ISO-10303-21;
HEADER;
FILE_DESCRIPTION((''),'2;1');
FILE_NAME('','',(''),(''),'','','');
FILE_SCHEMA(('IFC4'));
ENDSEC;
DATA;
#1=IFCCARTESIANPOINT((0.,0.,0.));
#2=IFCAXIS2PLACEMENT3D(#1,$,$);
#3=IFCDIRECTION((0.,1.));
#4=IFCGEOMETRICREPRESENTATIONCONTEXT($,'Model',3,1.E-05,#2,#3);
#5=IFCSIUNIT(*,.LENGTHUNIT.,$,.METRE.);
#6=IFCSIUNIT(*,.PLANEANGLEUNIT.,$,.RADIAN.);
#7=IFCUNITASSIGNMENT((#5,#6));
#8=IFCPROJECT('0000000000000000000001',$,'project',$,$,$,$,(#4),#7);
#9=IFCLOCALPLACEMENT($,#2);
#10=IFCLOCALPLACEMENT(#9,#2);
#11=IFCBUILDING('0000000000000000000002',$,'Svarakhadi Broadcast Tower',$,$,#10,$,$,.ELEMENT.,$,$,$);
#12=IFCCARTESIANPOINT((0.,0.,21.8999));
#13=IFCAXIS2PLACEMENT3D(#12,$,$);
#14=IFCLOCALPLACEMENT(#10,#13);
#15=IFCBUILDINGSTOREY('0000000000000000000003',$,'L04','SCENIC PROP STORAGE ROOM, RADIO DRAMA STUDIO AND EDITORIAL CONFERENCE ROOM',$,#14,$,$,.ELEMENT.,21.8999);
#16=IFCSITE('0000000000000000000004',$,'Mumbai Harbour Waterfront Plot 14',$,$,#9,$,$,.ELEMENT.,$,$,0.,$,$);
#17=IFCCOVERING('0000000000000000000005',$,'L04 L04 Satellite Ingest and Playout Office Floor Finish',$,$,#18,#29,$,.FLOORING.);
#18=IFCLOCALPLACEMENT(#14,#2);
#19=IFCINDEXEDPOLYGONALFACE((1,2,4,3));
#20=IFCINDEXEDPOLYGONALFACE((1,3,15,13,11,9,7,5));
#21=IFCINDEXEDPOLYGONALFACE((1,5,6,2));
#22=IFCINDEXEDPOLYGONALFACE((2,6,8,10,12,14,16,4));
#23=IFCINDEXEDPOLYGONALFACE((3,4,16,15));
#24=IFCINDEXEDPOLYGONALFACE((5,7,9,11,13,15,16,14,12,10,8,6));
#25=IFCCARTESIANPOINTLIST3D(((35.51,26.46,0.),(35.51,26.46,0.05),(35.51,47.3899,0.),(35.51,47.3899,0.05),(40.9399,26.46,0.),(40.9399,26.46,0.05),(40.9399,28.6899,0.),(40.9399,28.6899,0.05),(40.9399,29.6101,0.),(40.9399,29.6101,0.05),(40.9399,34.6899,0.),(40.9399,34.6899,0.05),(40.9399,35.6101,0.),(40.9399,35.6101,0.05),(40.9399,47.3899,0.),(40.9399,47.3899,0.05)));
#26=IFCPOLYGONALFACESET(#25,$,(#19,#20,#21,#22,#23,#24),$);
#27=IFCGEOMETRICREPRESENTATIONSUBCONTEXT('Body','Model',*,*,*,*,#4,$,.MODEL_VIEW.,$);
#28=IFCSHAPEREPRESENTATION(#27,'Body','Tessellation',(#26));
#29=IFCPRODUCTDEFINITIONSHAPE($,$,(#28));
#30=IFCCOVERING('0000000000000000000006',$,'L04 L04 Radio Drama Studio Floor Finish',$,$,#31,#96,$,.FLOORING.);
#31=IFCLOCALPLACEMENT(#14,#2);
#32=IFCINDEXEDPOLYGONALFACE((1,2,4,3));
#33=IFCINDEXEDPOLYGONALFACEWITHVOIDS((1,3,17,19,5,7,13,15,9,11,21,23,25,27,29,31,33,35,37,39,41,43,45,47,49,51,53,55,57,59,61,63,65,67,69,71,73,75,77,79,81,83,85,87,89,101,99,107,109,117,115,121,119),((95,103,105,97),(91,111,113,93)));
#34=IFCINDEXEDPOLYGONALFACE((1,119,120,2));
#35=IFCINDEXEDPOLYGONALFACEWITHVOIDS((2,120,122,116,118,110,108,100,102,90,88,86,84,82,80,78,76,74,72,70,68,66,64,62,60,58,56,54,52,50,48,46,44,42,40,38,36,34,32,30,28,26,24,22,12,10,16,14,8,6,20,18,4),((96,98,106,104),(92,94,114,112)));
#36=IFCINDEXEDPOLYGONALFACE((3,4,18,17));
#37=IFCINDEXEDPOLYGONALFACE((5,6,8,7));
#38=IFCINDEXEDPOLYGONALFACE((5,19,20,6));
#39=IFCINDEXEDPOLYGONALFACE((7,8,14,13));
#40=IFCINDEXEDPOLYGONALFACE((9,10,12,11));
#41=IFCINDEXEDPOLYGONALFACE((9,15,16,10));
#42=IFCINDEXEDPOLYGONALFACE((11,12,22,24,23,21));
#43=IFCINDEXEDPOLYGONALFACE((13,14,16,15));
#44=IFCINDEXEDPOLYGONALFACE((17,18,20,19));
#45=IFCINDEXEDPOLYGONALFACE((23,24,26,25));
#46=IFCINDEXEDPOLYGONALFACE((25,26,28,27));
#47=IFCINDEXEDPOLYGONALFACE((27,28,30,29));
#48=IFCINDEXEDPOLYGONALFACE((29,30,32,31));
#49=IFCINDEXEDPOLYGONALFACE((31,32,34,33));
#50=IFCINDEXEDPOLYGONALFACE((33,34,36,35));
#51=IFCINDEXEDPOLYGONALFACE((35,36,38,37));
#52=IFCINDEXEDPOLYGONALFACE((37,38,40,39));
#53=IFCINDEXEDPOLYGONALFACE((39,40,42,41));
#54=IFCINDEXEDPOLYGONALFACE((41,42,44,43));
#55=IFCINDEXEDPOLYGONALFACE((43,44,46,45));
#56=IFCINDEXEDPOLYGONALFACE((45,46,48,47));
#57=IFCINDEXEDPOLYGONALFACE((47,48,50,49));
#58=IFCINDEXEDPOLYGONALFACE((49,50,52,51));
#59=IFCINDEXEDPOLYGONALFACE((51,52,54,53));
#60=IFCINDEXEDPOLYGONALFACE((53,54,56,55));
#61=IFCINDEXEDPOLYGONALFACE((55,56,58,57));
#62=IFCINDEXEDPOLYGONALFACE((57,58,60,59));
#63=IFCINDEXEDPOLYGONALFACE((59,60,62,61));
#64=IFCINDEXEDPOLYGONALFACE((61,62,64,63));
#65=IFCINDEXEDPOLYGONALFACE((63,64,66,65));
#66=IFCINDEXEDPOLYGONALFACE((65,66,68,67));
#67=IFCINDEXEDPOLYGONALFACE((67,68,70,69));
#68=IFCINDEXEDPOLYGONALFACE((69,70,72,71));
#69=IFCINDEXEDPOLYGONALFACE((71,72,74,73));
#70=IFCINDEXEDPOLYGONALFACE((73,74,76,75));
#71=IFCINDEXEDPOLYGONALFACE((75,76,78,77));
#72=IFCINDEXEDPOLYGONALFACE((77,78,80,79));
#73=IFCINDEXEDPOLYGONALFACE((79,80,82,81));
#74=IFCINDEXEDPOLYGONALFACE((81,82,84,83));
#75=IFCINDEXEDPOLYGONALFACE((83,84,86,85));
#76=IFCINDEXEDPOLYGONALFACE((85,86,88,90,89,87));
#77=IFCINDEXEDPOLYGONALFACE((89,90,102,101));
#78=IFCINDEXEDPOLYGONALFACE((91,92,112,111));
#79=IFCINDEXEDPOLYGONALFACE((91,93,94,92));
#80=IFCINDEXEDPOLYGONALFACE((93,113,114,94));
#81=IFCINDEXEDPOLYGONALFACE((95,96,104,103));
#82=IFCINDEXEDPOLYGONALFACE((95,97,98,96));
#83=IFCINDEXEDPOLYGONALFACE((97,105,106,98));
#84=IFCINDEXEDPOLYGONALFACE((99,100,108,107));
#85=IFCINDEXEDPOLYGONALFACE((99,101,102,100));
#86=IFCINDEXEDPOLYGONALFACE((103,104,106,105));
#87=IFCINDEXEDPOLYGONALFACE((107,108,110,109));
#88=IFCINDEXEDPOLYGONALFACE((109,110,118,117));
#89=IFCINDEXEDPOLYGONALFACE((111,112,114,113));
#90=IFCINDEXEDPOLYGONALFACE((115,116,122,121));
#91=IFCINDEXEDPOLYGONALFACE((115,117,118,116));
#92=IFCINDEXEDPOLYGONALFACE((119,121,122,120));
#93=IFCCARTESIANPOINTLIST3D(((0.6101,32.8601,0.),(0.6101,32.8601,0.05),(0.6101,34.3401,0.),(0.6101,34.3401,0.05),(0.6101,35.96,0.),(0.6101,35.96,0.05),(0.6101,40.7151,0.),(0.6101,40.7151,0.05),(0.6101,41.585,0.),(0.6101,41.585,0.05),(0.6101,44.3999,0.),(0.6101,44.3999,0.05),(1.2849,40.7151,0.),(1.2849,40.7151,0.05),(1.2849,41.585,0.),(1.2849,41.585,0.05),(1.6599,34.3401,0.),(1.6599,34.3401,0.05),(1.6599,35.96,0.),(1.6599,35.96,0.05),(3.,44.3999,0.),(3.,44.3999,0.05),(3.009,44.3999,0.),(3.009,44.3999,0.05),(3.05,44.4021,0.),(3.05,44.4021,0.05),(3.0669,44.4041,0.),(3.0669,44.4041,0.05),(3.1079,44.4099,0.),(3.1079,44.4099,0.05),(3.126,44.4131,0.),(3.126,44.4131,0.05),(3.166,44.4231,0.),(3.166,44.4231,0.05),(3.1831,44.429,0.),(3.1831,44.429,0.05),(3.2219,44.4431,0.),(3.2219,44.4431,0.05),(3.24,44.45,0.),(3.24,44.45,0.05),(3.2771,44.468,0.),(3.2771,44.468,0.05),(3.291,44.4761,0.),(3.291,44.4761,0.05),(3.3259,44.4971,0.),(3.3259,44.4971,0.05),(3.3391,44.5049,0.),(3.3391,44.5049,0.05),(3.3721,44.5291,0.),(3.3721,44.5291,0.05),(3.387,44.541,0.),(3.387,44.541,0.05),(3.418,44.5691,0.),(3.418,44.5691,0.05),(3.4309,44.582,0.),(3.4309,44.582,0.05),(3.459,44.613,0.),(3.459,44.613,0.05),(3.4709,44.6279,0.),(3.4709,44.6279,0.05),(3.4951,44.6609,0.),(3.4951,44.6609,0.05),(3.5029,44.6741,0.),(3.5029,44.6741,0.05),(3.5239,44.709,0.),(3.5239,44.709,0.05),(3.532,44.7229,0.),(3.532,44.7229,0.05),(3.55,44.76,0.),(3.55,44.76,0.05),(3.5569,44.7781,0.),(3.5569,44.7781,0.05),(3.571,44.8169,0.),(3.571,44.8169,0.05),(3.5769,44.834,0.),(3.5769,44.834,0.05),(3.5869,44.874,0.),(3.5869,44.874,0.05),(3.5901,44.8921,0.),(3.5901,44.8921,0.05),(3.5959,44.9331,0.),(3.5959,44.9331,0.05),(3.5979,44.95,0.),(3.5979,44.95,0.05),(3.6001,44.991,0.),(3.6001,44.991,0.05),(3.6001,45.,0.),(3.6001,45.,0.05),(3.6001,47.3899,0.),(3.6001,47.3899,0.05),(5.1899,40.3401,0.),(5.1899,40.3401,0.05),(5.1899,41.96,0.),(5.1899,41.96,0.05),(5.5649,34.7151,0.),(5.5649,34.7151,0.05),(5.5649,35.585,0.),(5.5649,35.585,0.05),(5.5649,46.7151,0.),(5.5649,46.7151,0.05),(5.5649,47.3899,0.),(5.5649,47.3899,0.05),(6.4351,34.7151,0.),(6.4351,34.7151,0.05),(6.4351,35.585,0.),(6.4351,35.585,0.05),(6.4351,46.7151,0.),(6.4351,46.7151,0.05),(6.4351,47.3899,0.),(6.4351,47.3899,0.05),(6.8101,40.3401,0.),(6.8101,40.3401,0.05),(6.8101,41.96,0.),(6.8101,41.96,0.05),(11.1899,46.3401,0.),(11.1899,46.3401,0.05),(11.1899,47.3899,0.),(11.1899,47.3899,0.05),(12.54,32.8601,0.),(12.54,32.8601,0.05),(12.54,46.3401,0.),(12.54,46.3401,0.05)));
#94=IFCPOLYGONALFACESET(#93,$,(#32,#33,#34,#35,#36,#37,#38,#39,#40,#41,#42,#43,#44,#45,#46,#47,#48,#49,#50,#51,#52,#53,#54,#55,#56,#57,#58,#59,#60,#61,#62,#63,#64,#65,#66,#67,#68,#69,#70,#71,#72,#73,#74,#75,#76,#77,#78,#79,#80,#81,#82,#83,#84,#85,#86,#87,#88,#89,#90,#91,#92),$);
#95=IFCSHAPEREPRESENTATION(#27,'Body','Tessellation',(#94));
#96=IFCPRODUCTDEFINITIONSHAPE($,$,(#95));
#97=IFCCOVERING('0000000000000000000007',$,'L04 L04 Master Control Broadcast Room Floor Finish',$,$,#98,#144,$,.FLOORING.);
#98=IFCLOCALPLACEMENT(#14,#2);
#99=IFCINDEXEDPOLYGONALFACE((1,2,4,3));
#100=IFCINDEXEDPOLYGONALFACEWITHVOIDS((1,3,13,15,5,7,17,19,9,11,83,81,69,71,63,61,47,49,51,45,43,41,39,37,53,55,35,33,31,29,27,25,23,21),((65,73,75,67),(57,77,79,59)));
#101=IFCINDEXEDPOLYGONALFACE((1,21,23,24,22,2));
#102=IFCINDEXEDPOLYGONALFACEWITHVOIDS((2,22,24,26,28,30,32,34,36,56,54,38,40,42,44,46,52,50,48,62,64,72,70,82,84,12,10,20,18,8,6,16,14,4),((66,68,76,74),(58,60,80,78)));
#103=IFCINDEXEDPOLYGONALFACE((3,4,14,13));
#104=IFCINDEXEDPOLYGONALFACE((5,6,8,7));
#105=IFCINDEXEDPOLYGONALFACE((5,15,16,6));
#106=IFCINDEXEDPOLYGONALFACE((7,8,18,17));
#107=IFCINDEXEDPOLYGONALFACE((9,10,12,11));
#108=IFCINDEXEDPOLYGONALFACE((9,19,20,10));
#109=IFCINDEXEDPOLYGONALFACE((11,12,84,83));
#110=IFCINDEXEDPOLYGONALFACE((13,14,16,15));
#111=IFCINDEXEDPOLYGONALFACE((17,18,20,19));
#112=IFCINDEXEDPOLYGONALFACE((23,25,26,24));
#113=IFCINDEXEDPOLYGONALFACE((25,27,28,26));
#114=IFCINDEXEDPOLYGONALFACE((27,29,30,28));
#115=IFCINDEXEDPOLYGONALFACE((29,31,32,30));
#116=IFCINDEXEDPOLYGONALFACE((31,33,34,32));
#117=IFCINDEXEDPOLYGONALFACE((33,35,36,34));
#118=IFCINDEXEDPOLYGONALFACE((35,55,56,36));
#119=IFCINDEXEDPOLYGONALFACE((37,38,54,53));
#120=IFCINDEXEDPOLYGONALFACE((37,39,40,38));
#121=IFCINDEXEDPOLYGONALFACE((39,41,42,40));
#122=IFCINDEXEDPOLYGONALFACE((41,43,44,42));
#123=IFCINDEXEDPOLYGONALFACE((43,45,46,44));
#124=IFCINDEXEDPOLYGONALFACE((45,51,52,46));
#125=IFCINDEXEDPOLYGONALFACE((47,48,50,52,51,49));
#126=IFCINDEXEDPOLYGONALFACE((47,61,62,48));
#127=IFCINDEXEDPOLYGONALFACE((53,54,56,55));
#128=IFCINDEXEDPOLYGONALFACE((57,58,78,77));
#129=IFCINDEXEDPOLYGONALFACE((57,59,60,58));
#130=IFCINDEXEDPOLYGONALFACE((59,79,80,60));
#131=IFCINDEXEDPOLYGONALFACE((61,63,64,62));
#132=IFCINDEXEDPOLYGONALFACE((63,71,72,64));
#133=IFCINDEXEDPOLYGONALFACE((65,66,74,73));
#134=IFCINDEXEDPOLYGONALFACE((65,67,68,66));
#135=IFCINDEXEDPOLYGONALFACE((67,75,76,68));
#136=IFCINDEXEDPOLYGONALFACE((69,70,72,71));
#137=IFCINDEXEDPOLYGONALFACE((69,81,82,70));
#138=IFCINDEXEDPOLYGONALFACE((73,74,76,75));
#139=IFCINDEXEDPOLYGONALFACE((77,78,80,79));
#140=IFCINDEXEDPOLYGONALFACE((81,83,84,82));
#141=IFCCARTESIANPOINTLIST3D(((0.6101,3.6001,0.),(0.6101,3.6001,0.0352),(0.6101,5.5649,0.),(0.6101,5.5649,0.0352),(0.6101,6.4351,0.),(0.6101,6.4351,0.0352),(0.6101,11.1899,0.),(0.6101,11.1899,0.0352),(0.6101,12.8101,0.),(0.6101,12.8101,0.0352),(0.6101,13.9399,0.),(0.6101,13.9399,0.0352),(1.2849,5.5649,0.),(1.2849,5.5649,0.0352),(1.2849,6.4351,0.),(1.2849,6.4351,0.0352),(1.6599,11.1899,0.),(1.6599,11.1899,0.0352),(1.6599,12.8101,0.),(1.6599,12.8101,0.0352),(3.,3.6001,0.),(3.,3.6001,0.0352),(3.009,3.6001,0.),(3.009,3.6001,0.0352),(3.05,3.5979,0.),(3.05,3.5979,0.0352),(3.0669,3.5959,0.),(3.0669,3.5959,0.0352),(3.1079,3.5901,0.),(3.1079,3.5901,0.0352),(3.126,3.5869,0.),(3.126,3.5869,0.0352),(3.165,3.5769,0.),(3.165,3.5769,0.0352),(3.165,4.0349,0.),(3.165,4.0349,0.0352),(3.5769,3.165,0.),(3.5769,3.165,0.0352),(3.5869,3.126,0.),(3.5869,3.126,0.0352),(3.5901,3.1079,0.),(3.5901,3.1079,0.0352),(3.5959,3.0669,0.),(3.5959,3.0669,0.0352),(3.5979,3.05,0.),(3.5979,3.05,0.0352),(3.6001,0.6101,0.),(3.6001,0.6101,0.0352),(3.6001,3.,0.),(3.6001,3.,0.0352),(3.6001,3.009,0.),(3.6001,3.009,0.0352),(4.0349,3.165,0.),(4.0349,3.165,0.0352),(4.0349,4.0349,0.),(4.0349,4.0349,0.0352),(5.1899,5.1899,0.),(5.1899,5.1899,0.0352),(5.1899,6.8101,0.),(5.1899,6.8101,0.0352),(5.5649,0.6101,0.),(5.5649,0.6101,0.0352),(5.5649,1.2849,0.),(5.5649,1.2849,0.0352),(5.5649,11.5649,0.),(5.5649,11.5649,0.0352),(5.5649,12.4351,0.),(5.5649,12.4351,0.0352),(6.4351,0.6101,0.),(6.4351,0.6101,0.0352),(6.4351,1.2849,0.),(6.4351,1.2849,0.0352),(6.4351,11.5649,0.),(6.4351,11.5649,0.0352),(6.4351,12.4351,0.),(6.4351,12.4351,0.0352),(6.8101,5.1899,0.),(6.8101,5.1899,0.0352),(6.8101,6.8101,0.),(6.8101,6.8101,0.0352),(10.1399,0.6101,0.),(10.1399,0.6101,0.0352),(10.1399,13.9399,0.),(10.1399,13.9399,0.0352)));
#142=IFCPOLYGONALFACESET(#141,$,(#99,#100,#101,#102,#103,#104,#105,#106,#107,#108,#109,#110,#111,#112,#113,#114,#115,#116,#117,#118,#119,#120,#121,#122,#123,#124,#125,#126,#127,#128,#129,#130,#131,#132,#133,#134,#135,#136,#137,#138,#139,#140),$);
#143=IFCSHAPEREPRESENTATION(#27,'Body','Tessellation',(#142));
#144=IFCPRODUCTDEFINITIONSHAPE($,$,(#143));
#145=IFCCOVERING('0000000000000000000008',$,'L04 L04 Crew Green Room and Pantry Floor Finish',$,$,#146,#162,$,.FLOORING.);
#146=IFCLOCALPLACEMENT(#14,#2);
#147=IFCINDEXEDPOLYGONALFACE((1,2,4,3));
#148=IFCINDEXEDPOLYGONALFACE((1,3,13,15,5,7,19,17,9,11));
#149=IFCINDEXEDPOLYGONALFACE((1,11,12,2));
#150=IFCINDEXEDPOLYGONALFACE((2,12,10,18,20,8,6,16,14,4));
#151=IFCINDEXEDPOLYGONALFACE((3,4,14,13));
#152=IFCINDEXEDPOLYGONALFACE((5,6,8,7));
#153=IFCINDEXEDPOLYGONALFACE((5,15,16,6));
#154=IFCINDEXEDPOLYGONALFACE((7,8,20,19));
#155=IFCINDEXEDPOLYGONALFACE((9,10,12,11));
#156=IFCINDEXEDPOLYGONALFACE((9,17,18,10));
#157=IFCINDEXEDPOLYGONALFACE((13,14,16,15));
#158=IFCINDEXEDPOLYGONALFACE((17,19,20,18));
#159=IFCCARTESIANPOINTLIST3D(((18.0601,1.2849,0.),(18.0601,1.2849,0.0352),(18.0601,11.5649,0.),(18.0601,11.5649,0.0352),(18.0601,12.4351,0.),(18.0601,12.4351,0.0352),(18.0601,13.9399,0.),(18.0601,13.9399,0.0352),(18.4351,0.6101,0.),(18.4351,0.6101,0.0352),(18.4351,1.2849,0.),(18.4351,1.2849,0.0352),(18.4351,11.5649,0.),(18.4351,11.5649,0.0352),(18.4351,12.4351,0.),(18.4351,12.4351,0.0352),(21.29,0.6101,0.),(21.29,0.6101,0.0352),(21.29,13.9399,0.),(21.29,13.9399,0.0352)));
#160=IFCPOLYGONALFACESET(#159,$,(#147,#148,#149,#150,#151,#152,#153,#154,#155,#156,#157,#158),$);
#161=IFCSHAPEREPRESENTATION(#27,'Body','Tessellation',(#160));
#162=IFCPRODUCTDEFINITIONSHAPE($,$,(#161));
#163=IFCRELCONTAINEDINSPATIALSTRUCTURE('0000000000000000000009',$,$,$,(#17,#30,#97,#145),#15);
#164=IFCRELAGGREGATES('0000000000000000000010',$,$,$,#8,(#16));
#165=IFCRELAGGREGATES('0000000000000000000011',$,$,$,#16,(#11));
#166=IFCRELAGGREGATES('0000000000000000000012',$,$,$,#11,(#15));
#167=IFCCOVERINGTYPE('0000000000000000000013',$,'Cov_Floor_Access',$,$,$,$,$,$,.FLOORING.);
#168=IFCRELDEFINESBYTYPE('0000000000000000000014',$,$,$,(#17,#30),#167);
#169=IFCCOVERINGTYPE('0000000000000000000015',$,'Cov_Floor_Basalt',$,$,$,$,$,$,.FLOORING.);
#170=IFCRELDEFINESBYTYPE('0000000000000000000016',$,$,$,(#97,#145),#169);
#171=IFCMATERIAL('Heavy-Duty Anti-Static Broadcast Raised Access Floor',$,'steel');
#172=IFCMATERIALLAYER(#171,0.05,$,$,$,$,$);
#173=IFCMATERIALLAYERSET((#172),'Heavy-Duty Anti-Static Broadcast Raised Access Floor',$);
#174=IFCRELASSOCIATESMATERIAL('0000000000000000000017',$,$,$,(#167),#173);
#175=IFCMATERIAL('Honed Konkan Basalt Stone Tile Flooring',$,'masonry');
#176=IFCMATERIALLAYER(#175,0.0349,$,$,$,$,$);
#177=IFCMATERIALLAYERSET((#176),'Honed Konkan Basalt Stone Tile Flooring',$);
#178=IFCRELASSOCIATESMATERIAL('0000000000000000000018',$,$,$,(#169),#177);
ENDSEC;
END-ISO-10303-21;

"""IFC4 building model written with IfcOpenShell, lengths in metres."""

from ifc_helpers import new_model, si_unit, direction, frame, origin, place, context, subcontext, project, spatial, polyline, outline, extrude, material, layer, layer_set, type_object, element, save


model = new_model("IFC4")

# Units and contexts
model_context = context("Model", 3, precision=1e-05, world=origin(), true_north=direction((0.0, 1.0)))
body_context = subcontext(model_context, "Body", "Model", "MODEL_VIEW")
ifc_project = project(units=[si_unit("LENGTHUNIT", "METRE"), si_unit("PLANEANGLEUNIT", "RADIAN")], contexts=[model_context])

# Site, building, storey
site_placement = place(None, origin())
site = spatial("IfcSite", under=ifc_project, at=site_placement, Name="Mumbai Harbour Waterfront Plot 14", CompositionType="ELEMENT", RefElevation=0.0)
building_placement = place(site_placement, origin())
building = spatial("IfcBuilding", under=site, at=building_placement, Name="Svarakhadi Broadcast Tower", CompositionType="ELEMENT")
storey_placement = place(building_placement, frame((0.0, 0.0, 21.8999)))
storey = spatial("IfcBuildingStorey", under=building, at=storey_placement, Name="L04", Description="SCENIC PROP STORAGE ROOM, RADIO DRAMA STUDIO AND EDITORIAL CONFERENCE ROOM", CompositionType="ELEMENT", Elevation=21.8999)

# Coverings
ifc_material_1 = material(Name="Heavy-Duty Anti-Static Broadcast Raised Access Floor", Category="steel")
ifc_layer_1 = layer(ifc_material_1, 0.05)
ifc_layer_set_1 = layer_set([ifc_layer_1], Name="Heavy-Duty Anti-Static Broadcast Raised Access Floor")
covering_type_1 = type_object("IfcCoveringType", Name="Cov_Floor_Access", PredefinedType="FLOORING", material=ifc_layer_set_1)
covering_1_placement = place(storey_placement, origin())
element("IfcCovering", 1, at=covering_1_placement, inside=storey, type_object=covering_type_1, Name="L04 L04 Satellite Ingest and Playout Office Floor Finish", PredefinedType="FLOORING", context=body_context, shape_type="SweptSolid", body=[
    extrude(outline(polyline([(40.9399, 47.3899), (40.9399, 35.6101), (40.9399, 34.6899), (40.9399, 29.6101), (40.9399, 28.6899), (40.9399, 26.46), (35.51, 26.46), (35.51, 47.3899), (40.9399, 47.3899)])), origin(), (0.0, 0.0, 1.0), 0.05),
])
covering_2_placement = place(storey_placement, origin())
element("IfcCovering", 2, at=covering_2_placement, inside=storey, type_object=covering_type_1, Name="L04 L04 Radio Drama Studio Floor Finish", PredefinedType="FLOORING", context=body_context, shape_type="SweptSolid", body=[
    extrude(outline(polyline([(0.6101, 32.8601), (0.6101, 34.3401), (1.6599, 34.3401), (1.6599, 35.96), (0.6101, 35.96), (0.6101, 40.7151), (1.2849, 40.7151), (1.2849, 41.585), (0.6101, 41.585), (0.6101, 44.3999), (3.0, 44.3999), (3.009, 44.3999), (3.05, 44.4021), (3.0669, 44.4041), (3.1079, 44.4099), (3.126, 44.4131), (3.166, 44.4231), (3.1831, 44.429), (3.2219, 44.4431), (3.24, 44.45), (3.2771, 44.468), (3.291, 44.4761), (3.3259, 44.4971), (3.3391, 44.5049), (3.3721, 44.5291), (3.387, 44.541), (3.418, 44.5691), (3.4309, 44.582), (3.459, 44.613), (3.4709, 44.6279), (3.4951, 44.6609), (3.5029, 44.6741), (3.5239, 44.709), (3.532, 44.7229), (3.55, 44.76), (3.5569, 44.7781), (3.571, 44.8169), (3.5769, 44.834), (3.5869, 44.874), (3.5901, 44.8921), (3.5959, 44.9331), (3.5979, 44.95), (3.6001, 44.991), (3.6001, 45.0), (3.6001, 47.3899), (5.5649, 47.3899), (5.5649, 46.7151), (6.4351, 46.7151), (6.4351, 47.3899), (11.1899, 47.3899), (11.1899, 46.3401), (12.54, 46.3401), (12.54, 32.8601), (0.6101, 32.8601)]), holes=[polyline([(5.5649, 34.7151), (6.4351, 34.7151), (6.4351, 35.585), (5.5649, 35.585), (5.5649, 34.7151)]), polyline([(5.1899, 40.3401), (6.8101, 40.3401), (6.8101, 41.96), (5.1899, 41.96), (5.1899, 40.3401)])]), origin(), (0.0, 0.0, 1.0), 0.05),
])
ifc_material_2 = material(Name="Honed Konkan Basalt Stone Tile Flooring", Category="masonry")
ifc_layer_2 = layer(ifc_material_2, 0.0349)
ifc_layer_set_2 = layer_set([ifc_layer_2], Name="Honed Konkan Basalt Stone Tile Flooring")
covering_type_2 = type_object("IfcCoveringType", Name="Cov_Floor_Basalt", PredefinedType="FLOORING", material=ifc_layer_set_2)
covering_3_placement = place(storey_placement, origin())
element("IfcCovering", 3, at=covering_3_placement, inside=storey, type_object=covering_type_2, Name="L04 L04 Master Control Broadcast Room Floor Finish", PredefinedType="FLOORING", context=body_context, shape_type="SweptSolid", body=[
    extrude(outline(polyline([(10.1399, 0.6101), (6.4351, 0.6101), (6.4351, 1.2849), (5.5649, 1.2849), (5.5649, 0.6101), (3.6001, 0.6101), (3.6001, 3.0), (3.6001, 3.009), (3.5979, 3.05), (3.5959, 3.0669), (3.5901, 3.1079), (3.5869, 3.126), (3.5769, 3.165), (4.0349, 3.165), (4.0349, 4.0349), (3.165, 4.0349), (3.165, 3.5769), (3.126, 3.5869), (3.1079, 3.5901), (3.0669, 3.5959), (3.05, 3.5979), (3.009, 3.6001), (3.0, 3.6001), (0.6101, 3.6001), (0.6101, 5.5649), (1.2849, 5.5649), (1.2849, 6.4351), (0.6101, 6.4351), (0.6101, 11.1899), (1.6599, 11.1899), (1.6599, 12.8101), (0.6101, 12.8101), (0.6101, 13.9399), (10.1399, 13.9399), (10.1399, 0.6101)]), holes=[polyline([(5.1899, 5.1899), (6.8101, 5.1899), (6.8101, 6.8101), (5.1899, 6.8101), (5.1899, 5.1899)]), polyline([(5.5649, 11.5649), (6.4351, 11.5649), (6.4351, 12.4351), (5.5649, 12.4351), (5.5649, 11.5649)])]), origin(), (0.0, 0.0, 1.0), 0.0352),
])
covering_4_placement = place(storey_placement, origin())
element("IfcCovering", 4, at=covering_4_placement, inside=storey, type_object=covering_type_2, Name="L04 L04 Crew Green Room and Pantry Floor Finish", PredefinedType="FLOORING", context=body_context, shape_type="SweptSolid", body=[
    extrude(outline(polyline([(21.29, 13.9399), (21.29, 0.6101), (18.4351, 0.6101), (18.4351, 1.2849), (18.0601, 1.2849), (18.0601, 11.5649), (18.4351, 11.5649), (18.4351, 12.4351), (18.0601, 12.4351), (18.0601, 13.9399), (21.29, 13.9399)])), origin(), (0.0, 0.0, 1.0), 0.0352),
])

save(model, "model.ifc")
